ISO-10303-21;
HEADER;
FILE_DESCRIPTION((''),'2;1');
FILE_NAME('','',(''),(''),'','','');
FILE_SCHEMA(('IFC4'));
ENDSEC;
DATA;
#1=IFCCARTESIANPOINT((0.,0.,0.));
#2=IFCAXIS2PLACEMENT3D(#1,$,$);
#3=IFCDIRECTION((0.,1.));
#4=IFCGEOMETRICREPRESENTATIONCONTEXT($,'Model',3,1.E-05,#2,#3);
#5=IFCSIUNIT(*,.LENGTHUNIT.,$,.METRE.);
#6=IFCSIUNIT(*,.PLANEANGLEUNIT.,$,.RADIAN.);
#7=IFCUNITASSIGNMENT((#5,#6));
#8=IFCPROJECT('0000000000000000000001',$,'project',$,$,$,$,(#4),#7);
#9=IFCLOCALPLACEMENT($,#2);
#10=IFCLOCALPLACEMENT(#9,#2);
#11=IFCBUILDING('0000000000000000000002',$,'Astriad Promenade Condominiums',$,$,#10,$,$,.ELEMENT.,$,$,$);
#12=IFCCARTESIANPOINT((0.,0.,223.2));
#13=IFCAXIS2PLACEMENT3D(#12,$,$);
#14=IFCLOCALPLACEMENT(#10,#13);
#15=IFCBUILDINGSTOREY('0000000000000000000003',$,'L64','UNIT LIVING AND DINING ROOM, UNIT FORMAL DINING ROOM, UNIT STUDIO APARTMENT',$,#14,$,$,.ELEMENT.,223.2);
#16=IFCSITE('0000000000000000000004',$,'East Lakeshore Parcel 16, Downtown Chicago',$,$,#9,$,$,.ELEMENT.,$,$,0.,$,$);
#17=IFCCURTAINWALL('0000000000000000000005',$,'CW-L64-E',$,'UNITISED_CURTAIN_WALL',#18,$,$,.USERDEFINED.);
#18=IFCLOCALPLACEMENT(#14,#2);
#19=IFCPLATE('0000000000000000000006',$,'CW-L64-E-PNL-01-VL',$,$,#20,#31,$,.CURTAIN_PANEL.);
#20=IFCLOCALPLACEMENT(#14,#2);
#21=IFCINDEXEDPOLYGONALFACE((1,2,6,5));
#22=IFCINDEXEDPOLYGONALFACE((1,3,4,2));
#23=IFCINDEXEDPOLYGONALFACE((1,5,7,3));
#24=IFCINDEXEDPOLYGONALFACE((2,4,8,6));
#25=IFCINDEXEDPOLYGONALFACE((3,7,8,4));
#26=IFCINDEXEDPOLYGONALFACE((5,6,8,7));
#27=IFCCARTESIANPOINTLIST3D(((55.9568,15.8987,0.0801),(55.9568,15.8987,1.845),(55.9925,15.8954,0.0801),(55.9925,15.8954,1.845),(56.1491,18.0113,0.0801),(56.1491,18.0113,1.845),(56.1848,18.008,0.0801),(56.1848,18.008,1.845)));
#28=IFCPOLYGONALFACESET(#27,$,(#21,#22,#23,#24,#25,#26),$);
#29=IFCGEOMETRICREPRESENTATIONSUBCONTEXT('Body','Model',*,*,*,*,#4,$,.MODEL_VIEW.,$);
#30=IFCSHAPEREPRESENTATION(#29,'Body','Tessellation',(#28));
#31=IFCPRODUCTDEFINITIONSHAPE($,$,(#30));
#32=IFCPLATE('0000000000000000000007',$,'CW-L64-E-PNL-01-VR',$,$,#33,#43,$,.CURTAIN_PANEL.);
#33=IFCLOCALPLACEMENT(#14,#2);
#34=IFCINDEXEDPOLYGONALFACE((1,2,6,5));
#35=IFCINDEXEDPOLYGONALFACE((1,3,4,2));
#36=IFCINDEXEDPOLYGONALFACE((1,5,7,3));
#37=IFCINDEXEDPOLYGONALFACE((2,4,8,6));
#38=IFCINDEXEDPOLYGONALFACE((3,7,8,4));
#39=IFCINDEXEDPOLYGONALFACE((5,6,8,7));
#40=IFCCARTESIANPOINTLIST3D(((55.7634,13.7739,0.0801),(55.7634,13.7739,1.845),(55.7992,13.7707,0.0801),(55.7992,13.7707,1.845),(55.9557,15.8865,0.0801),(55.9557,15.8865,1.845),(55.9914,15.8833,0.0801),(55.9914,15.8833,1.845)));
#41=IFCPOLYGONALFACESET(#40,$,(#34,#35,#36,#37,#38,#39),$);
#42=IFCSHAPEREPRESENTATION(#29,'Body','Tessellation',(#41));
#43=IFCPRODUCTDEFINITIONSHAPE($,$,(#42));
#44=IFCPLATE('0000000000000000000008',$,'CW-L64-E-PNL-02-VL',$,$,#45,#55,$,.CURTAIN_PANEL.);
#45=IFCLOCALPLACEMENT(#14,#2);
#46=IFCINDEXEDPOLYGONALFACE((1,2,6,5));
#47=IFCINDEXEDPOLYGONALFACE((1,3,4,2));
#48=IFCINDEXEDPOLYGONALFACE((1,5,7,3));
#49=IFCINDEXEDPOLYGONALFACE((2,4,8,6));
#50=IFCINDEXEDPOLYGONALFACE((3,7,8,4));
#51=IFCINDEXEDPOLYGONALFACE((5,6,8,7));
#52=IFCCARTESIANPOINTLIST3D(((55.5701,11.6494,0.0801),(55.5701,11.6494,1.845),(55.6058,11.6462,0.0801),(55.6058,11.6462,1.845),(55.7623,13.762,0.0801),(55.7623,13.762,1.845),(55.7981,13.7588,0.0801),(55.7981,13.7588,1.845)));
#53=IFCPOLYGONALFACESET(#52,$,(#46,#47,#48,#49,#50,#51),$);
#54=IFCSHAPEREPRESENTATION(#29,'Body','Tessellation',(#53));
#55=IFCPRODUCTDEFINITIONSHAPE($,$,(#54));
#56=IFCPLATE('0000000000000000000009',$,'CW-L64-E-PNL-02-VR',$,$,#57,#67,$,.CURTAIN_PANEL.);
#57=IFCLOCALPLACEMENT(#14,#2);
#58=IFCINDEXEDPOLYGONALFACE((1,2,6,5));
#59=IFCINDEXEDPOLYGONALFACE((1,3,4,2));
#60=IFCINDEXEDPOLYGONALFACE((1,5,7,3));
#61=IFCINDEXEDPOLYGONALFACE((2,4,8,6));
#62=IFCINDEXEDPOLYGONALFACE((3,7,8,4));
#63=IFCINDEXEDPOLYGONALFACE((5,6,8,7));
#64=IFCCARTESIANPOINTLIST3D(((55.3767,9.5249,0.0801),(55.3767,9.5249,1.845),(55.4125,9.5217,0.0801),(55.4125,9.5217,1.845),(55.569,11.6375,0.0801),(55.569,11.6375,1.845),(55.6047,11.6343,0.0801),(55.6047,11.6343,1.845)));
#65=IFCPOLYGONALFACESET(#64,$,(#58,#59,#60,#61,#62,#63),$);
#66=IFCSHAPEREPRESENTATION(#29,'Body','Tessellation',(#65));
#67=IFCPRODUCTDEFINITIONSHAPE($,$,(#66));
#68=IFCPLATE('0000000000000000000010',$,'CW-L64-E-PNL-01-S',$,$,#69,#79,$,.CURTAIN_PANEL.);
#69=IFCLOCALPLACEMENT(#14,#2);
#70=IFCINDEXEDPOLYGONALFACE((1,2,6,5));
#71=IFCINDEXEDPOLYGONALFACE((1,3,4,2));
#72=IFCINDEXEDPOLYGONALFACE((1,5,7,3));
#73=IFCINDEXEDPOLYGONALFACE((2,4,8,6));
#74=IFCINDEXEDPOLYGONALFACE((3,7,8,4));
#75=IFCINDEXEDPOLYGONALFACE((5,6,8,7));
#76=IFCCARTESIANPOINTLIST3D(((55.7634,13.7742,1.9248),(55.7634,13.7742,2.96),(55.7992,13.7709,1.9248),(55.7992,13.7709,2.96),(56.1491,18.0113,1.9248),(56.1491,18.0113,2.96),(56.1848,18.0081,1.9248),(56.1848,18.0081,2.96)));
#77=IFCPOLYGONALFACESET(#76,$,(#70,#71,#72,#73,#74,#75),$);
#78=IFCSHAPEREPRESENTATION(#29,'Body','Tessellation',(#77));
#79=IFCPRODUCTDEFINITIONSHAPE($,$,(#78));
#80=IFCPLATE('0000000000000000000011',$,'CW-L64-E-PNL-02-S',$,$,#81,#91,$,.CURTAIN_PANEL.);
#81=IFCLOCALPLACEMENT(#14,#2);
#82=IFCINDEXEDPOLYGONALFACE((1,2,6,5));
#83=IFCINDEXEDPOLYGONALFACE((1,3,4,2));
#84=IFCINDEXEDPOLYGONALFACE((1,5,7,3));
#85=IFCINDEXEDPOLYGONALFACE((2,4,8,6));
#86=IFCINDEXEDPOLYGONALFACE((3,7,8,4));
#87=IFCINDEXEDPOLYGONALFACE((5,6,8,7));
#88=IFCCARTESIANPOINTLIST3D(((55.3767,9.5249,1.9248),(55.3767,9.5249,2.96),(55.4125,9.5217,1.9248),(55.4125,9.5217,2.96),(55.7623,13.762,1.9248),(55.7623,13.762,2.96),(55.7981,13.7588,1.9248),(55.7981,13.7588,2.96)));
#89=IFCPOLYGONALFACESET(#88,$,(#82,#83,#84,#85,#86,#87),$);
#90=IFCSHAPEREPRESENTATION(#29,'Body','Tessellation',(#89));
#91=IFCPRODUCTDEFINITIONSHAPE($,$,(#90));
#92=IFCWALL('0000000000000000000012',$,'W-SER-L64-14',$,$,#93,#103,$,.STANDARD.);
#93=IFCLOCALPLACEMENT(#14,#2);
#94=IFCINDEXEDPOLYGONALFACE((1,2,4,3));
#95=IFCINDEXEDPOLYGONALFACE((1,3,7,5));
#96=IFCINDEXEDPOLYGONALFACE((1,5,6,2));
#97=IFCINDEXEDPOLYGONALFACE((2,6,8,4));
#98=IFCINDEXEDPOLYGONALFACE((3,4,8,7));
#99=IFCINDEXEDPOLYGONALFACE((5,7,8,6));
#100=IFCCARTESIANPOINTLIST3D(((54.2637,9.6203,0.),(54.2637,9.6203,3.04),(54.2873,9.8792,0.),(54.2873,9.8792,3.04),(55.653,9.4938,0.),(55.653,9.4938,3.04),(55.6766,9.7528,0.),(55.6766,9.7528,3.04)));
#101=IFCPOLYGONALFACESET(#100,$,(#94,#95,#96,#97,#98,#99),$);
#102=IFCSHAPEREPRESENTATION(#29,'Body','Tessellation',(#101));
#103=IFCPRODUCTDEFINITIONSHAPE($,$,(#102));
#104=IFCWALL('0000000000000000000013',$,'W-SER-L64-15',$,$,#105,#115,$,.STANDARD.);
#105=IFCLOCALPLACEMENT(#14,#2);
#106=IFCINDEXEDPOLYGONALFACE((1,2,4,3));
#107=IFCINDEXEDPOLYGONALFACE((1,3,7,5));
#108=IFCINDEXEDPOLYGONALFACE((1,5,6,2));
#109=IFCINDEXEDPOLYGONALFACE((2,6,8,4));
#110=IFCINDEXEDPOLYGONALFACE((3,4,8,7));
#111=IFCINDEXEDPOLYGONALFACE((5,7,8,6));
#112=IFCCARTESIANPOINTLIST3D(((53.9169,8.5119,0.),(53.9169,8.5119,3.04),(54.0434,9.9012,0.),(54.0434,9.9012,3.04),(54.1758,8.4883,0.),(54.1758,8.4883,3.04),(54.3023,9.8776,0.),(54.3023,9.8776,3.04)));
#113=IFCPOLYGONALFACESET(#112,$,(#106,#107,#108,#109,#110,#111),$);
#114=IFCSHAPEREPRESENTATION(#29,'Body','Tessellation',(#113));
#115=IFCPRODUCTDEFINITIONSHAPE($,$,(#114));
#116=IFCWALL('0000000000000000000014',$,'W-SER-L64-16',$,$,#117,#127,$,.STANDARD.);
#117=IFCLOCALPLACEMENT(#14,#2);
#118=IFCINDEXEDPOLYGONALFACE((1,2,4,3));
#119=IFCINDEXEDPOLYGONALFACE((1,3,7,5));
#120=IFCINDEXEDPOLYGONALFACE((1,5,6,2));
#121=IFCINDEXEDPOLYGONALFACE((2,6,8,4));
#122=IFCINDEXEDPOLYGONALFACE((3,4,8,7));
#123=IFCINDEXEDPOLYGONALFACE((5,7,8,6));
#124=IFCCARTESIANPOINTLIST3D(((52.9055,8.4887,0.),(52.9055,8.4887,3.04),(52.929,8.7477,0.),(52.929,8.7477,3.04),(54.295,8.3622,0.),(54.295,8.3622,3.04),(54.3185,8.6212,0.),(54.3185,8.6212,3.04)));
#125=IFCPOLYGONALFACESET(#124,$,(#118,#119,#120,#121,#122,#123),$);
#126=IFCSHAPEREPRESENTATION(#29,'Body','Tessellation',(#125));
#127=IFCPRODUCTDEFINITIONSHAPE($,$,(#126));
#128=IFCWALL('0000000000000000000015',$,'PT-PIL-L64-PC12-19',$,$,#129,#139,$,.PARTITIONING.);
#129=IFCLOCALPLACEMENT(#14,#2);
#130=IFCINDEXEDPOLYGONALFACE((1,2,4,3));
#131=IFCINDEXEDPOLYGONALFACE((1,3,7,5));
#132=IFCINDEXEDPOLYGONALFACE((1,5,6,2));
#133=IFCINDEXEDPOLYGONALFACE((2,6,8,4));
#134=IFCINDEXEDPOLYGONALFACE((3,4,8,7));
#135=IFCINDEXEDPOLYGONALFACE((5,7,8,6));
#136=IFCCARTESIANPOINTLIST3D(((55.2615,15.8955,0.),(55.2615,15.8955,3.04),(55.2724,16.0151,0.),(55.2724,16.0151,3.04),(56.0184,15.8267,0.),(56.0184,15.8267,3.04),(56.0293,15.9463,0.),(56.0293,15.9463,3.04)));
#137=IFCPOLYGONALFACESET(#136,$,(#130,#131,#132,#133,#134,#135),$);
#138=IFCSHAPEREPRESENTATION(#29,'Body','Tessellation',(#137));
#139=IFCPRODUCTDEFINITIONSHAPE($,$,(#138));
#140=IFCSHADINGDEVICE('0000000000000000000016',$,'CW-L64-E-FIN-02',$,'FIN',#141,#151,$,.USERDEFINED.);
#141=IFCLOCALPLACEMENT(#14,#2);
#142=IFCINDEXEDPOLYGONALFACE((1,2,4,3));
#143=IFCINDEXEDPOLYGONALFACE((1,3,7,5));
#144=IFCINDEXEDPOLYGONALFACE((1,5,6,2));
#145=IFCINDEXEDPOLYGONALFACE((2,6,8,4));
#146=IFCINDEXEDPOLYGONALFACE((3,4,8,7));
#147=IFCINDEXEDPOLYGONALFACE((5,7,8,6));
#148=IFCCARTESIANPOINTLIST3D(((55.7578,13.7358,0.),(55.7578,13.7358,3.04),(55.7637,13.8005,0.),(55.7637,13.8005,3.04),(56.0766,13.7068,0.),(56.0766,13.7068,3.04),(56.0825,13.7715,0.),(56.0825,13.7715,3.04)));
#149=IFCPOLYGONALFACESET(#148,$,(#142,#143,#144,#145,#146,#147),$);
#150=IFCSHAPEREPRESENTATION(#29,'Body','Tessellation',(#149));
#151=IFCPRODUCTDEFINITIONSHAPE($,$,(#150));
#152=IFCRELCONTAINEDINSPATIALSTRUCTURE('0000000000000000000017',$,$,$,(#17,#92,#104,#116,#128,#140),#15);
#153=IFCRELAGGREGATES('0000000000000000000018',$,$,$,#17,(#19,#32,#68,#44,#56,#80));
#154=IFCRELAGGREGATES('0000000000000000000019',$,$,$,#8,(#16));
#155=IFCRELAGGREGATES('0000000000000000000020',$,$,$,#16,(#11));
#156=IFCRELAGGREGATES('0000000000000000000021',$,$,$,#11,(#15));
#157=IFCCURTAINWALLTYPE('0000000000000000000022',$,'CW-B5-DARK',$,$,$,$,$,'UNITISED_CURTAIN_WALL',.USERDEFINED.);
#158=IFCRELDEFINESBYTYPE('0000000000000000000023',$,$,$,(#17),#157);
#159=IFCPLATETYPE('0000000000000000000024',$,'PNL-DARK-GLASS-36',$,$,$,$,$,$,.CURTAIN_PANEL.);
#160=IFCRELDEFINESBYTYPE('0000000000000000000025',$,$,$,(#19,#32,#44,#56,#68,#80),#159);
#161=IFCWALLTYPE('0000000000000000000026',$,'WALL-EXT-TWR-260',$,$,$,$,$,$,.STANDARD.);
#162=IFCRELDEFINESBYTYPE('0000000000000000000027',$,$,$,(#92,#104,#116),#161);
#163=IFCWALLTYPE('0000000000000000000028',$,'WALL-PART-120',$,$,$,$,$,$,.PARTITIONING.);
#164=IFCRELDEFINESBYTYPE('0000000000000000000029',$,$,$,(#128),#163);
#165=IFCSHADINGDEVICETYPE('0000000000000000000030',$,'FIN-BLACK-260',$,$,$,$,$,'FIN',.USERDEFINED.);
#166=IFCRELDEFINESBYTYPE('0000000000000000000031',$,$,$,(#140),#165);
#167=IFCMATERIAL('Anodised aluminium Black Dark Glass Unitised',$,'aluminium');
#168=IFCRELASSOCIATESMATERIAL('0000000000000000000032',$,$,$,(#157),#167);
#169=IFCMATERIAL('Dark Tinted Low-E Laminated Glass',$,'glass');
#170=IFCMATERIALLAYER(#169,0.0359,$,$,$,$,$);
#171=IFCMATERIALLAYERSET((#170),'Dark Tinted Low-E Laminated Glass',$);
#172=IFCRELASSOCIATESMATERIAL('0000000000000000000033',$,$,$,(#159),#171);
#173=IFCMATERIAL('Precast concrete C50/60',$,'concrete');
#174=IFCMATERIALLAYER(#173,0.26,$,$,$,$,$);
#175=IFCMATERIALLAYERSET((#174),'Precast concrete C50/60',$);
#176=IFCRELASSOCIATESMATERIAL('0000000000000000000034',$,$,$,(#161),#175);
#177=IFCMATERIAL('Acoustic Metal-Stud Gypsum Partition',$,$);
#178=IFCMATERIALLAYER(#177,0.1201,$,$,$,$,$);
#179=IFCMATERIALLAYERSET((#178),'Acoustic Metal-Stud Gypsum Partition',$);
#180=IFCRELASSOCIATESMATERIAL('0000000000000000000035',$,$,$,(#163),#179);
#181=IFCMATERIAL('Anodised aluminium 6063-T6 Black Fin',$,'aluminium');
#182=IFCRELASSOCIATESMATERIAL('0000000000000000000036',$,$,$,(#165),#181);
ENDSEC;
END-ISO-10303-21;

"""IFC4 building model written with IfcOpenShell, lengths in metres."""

from ifc_helpers import new_model, si_unit, direction, frame, frame_2d, origin, origin_2d, place, context, subcontext, project, spatial, rectangle, extrude, source, transform, mapped, material, layer, layer_set, type_object, type_shapes, element, aggregate, save


model = new_model("IFC4")

# Units and contexts
model_context = context("Model", 3, precision=1e-05, world=origin(), true_north=direction((0.0, 1.0)))
body_context = subcontext(model_context, "Body", "Model", "MODEL_VIEW")
ifc_project = project(units=[si_unit("LENGTHUNIT", "METRE"), si_unit("PLANEANGLEUNIT", "RADIAN")], contexts=[model_context])

# Site, building, storey
site_placement = place(None, origin())
site = spatial("IfcSite", under=ifc_project, at=site_placement, Name="East Lakeshore Parcel 16, Downtown Chicago", CompositionType="ELEMENT", RefElevation=0.0)
building_placement = place(site_placement, origin())
building = spatial("IfcBuilding", under=site, at=building_placement, Name="Astriad Promenade Condominiums", CompositionType="ELEMENT")
storey_placement = place(building_placement, frame((0.0, 0.0, 223.2)))
storey = spatial("IfcBuildingStorey", under=building, at=storey_placement, Name="L64", Description="UNIT LIVING AND DINING ROOM, UNIT FORMAL DINING ROOM, UNIT STUDIO APARTMENT", CompositionType="ELEMENT", Elevation=223.2)

# Curtain wall, plates
ifc_material_1 = material(Name="Anodised aluminium Black Dark Glass Unitised", Category="aluminium")
curtain_wall_type = type_object("IfcCurtainWallType", Name="CW-B5-DARK", ElementType="UNITISED_CURTAIN_WALL", PredefinedType="USERDEFINED", material=ifc_material_1)
curtain_wall_placement = place(storey_placement, origin())
curtain_wall = element("IfcCurtainWall", 1, at=curtain_wall_placement, inside=storey, type_object=curtain_wall_type, Name="CW-L64-E", ObjectType="UNITISED_CURTAIN_WALL", PredefinedType="USERDEFINED")
ifc_material_2 = material(Name="Dark Tinted Low-E Laminated Glass", Category="glass")
ifc_layer_1 = layer(ifc_material_2, 0.0359)
ifc_layer_set_1 = layer_set([ifc_layer_1], Name="Dark Tinted Low-E Laminated Glass")
plate_type = type_object("IfcPlateType", Name="PNL-DARK-GLASS-36", PredefinedType="CURTAIN_PANEL", material=ifc_layer_set_1)
shared_shape_1 = source(origin(), body_context, "Body", "SweptSolid", [
    extrude(rectangle(XDim=2.1213, YDim=0.0359, at=origin_2d()), origin(), (0.0, 0.0, 1.0), 1.7649),
])
plate_1_placement = place(storey_placement, frame((56.0708, 16.9534, 0.0801), z_axis=(0.0, 0.0, 1.0), x_axis=(-0.090633, -0.995884, 0.0)))
plate_1 = element("IfcPlate", 2, at=plate_1_placement, type_object=plate_type, Name="CW-L64-E-PNL-01-VL", PredefinedType="CURTAIN_PANEL", context=body_context, shape_type="MappedRepresentation", body=[
    mapped(shared_shape_1, transform((0.0, 0.0, 0.0), scale=1.0)),
])
plate_2_placement = place(storey_placement, frame((55.8774, 14.8286, 0.0801), z_axis=(0.0, 0.0, 1.0), x_axis=(-0.090633, -0.995884, 0.0)))
plate_2 = element("IfcPlate", 3, at=plate_2_placement, type_object=plate_type, Name="CW-L64-E-PNL-01-VR", PredefinedType="CURTAIN_PANEL", context=body_context, shape_type="MappedRepresentation", body=[
    mapped(shared_shape_1, transform((0.0, 0.0, 0.0), scale=1.0)),
])
plate_3_placement = place(storey_placement, frame((55.6841, 12.7041, 0.0801), z_axis=(0.0, 0.0, 1.0), x_axis=(-0.090633, -0.995884, 0.0)))
plate_3 = element("IfcPlate", 4, at=plate_3_placement, type_object=plate_type, Name="CW-L64-E-PNL-02-VL", PredefinedType="CURTAIN_PANEL", context=body_context, shape_type="MappedRepresentation", body=[
    mapped(shared_shape_1, transform((0.0, 0.0, 0.0), scale=1.0)),
])
plate_4_placement = place(storey_placement, frame((55.4907, 10.5796, 0.0801), z_axis=(0.0, 0.0, 1.0), x_axis=(-0.090633, -0.995884, 0.0)))
plate_4 = element("IfcPlate", 5, at=plate_4_placement, type_object=plate_type, Name="CW-L64-E-PNL-02-VR", PredefinedType="CURTAIN_PANEL", context=body_context, shape_type="MappedRepresentation", body=[
    mapped(shared_shape_1, transform((0.0, 0.0, 0.0), scale=1.0)),
])
shared_shape_2 = source(origin(), body_context, "Body", "SweptSolid", [
    extrude(rectangle(XDim=4.2546, YDim=0.0359, at=origin_2d()), origin(), (0.0, 0.0, 1.0), 1.0352),
])
type_shapes(plate_type, [shared_shape_1, shared_shape_2])
plate_5_placement = place(storey_placement, frame((55.9741, 15.8911, 1.9248), z_axis=(0.0, 0.0, 1.0), x_axis=(-0.090633, -0.995884, 0.0)))
plate_5 = element("IfcPlate", 6, at=plate_5_placement, type_object=plate_type, Name="CW-L64-E-PNL-01-S", PredefinedType="CURTAIN_PANEL", context=body_context, shape_type="MappedRepresentation", body=[
    mapped(shared_shape_2, transform((0.0, 0.0, 0.0), scale=1.0)),
])
plate_6_placement = place(storey_placement, frame((55.5874, 11.6418, 1.9248), z_axis=(0.0, 0.0, 1.0), x_axis=(-0.090633, -0.995884, 0.0)))
plate_6 = element("IfcPlate", 7, at=plate_6_placement, type_object=plate_type, Name="CW-L64-E-PNL-02-S", PredefinedType="CURTAIN_PANEL", context=body_context, shape_type="MappedRepresentation", body=[
    mapped(shared_shape_2, transform((0.0, 0.0, 0.0), scale=1.0)),
])
aggregate(curtain_wall, [plate_1, plate_2, plate_5, plate_3, plate_4, plate_6])

# Walls
ifc_material_3 = material(Name="Precast concrete C50/60", Category="concrete")
ifc_layer_2 = layer(ifc_material_3, 0.26)
ifc_layer_set_2 = layer_set([ifc_layer_2], Name="Precast concrete C50/60")
wall_type_1 = type_object("IfcWallType", Name="WALL-EXT-TWR-260", PredefinedType="STANDARD", material=ifc_layer_set_2)
for number, where, z_axis, x_axis, name in (
    (8, (55.6648, 9.6233, 0.0), (0.0, 0.0, 1.0), (-0.995882, 0.090662, 0.0), "W-SER-L64-14"),
    (9, (54.1729, 9.8894, 0.0), (0.0, 0.0, 1.0), (-0.090662, -0.995882, 0.0), "W-SER-L64-15"),
):
    element("IfcWall", number, at=place(storey_placement, frame(where, z_axis=z_axis, x_axis=x_axis)), inside=storey, type_object=wall_type_1, Name=name, PredefinedType="STANDARD", context=body_context, shape_type="SweptSolid", body=[
        extrude(rectangle(XDim=1.395, YDim=0.26, at=frame_2d((0.6975, 0.0))), origin(), (0.0, 0.0, 1.0), 3.04),
    ])
wall_1_placement = place(storey_placement, frame((54.3069, 8.4917, 0.0), z_axis=(0.0, 0.0, 1.0), x_axis=(-0.995883, 0.090646, 0.0)))
element("IfcWall", 10, at=wall_1_placement, inside=storey, type_object=wall_type_1, Name="W-SER-L64-16", PredefinedType="STANDARD", context=body_context, shape_type="SweptSolid", body=[
    extrude(rectangle(XDim=1.3953, YDim=0.26, at=frame_2d((0.6978, 0.0))), origin(), (0.0, 0.0, 1.0), 3.04),
])
ifc_material_4 = material(Name="Acoustic Metal-Stud Gypsum Partition")
ifc_layer_3 = layer(ifc_material_4, 0.1201)
ifc_layer_set_3 = layer_set([ifc_layer_3], Name="Acoustic Metal-Stud Gypsum Partition")
wall_type_2 = type_object("IfcWallType", Name="WALL-PART-120", PredefinedType="PARTITIONING", material=ifc_layer_set_3)
wall_2_placement = place(storey_placement, frame((55.2671, 15.9553, 0.0), z_axis=(0.0, 0.0, 1.0), x_axis=(0.995888, -0.090594, 0.0)))
element("IfcWall", 11, at=wall_2_placement, inside=storey, type_object=wall_type_2, Name="PT-PIL-L64-PC12-19", PredefinedType="PARTITIONING", context=body_context, shape_type="SweptSolid", body=[
    extrude(rectangle(XDim=0.76, YDim=0.1201, at=frame_2d((0.3799, 0.0))), origin(), (0.0, 0.0, 1.0), 3.04),
])

# Shading device
ifc_material_5 = material(Name="Anodised aluminium 6063-T6 Black Fin", Category="aluminium")
shading_device_type = type_object("IfcShadingDeviceType", Name="FIN-BLACK-260", ElementType="FIN", PredefinedType="USERDEFINED", material=ifc_material_5)
shared_shape_3 = source(origin(), body_context, "Body", "SweptSolid", [
    extrude(rectangle(XDim=0.0649, YDim=0.3201, at=origin_2d()), origin(), (0.0, 0.0, 1.0), 3.04),
])
type_shapes(shading_device_type, [shared_shape_3])
shading_device_placement = place(storey_placement, frame((55.9202, 13.7537, 0.0), z_axis=(0.0, 0.0, 1.0), x_axis=(-0.090633, -0.995884, 0.0)))
element("IfcShadingDevice", 12, at=shading_device_placement, inside=storey, type_object=shading_device_type, Name="CW-L64-E-FIN-02", ObjectType="FIN", PredefinedType="USERDEFINED", context=body_context, shape_type="MappedRepresentation", body=[
    mapped(shared_shape_3, transform((0.0, 0.0, 0.0), scale=1.0)),
])

save(model, "model.ifc")
